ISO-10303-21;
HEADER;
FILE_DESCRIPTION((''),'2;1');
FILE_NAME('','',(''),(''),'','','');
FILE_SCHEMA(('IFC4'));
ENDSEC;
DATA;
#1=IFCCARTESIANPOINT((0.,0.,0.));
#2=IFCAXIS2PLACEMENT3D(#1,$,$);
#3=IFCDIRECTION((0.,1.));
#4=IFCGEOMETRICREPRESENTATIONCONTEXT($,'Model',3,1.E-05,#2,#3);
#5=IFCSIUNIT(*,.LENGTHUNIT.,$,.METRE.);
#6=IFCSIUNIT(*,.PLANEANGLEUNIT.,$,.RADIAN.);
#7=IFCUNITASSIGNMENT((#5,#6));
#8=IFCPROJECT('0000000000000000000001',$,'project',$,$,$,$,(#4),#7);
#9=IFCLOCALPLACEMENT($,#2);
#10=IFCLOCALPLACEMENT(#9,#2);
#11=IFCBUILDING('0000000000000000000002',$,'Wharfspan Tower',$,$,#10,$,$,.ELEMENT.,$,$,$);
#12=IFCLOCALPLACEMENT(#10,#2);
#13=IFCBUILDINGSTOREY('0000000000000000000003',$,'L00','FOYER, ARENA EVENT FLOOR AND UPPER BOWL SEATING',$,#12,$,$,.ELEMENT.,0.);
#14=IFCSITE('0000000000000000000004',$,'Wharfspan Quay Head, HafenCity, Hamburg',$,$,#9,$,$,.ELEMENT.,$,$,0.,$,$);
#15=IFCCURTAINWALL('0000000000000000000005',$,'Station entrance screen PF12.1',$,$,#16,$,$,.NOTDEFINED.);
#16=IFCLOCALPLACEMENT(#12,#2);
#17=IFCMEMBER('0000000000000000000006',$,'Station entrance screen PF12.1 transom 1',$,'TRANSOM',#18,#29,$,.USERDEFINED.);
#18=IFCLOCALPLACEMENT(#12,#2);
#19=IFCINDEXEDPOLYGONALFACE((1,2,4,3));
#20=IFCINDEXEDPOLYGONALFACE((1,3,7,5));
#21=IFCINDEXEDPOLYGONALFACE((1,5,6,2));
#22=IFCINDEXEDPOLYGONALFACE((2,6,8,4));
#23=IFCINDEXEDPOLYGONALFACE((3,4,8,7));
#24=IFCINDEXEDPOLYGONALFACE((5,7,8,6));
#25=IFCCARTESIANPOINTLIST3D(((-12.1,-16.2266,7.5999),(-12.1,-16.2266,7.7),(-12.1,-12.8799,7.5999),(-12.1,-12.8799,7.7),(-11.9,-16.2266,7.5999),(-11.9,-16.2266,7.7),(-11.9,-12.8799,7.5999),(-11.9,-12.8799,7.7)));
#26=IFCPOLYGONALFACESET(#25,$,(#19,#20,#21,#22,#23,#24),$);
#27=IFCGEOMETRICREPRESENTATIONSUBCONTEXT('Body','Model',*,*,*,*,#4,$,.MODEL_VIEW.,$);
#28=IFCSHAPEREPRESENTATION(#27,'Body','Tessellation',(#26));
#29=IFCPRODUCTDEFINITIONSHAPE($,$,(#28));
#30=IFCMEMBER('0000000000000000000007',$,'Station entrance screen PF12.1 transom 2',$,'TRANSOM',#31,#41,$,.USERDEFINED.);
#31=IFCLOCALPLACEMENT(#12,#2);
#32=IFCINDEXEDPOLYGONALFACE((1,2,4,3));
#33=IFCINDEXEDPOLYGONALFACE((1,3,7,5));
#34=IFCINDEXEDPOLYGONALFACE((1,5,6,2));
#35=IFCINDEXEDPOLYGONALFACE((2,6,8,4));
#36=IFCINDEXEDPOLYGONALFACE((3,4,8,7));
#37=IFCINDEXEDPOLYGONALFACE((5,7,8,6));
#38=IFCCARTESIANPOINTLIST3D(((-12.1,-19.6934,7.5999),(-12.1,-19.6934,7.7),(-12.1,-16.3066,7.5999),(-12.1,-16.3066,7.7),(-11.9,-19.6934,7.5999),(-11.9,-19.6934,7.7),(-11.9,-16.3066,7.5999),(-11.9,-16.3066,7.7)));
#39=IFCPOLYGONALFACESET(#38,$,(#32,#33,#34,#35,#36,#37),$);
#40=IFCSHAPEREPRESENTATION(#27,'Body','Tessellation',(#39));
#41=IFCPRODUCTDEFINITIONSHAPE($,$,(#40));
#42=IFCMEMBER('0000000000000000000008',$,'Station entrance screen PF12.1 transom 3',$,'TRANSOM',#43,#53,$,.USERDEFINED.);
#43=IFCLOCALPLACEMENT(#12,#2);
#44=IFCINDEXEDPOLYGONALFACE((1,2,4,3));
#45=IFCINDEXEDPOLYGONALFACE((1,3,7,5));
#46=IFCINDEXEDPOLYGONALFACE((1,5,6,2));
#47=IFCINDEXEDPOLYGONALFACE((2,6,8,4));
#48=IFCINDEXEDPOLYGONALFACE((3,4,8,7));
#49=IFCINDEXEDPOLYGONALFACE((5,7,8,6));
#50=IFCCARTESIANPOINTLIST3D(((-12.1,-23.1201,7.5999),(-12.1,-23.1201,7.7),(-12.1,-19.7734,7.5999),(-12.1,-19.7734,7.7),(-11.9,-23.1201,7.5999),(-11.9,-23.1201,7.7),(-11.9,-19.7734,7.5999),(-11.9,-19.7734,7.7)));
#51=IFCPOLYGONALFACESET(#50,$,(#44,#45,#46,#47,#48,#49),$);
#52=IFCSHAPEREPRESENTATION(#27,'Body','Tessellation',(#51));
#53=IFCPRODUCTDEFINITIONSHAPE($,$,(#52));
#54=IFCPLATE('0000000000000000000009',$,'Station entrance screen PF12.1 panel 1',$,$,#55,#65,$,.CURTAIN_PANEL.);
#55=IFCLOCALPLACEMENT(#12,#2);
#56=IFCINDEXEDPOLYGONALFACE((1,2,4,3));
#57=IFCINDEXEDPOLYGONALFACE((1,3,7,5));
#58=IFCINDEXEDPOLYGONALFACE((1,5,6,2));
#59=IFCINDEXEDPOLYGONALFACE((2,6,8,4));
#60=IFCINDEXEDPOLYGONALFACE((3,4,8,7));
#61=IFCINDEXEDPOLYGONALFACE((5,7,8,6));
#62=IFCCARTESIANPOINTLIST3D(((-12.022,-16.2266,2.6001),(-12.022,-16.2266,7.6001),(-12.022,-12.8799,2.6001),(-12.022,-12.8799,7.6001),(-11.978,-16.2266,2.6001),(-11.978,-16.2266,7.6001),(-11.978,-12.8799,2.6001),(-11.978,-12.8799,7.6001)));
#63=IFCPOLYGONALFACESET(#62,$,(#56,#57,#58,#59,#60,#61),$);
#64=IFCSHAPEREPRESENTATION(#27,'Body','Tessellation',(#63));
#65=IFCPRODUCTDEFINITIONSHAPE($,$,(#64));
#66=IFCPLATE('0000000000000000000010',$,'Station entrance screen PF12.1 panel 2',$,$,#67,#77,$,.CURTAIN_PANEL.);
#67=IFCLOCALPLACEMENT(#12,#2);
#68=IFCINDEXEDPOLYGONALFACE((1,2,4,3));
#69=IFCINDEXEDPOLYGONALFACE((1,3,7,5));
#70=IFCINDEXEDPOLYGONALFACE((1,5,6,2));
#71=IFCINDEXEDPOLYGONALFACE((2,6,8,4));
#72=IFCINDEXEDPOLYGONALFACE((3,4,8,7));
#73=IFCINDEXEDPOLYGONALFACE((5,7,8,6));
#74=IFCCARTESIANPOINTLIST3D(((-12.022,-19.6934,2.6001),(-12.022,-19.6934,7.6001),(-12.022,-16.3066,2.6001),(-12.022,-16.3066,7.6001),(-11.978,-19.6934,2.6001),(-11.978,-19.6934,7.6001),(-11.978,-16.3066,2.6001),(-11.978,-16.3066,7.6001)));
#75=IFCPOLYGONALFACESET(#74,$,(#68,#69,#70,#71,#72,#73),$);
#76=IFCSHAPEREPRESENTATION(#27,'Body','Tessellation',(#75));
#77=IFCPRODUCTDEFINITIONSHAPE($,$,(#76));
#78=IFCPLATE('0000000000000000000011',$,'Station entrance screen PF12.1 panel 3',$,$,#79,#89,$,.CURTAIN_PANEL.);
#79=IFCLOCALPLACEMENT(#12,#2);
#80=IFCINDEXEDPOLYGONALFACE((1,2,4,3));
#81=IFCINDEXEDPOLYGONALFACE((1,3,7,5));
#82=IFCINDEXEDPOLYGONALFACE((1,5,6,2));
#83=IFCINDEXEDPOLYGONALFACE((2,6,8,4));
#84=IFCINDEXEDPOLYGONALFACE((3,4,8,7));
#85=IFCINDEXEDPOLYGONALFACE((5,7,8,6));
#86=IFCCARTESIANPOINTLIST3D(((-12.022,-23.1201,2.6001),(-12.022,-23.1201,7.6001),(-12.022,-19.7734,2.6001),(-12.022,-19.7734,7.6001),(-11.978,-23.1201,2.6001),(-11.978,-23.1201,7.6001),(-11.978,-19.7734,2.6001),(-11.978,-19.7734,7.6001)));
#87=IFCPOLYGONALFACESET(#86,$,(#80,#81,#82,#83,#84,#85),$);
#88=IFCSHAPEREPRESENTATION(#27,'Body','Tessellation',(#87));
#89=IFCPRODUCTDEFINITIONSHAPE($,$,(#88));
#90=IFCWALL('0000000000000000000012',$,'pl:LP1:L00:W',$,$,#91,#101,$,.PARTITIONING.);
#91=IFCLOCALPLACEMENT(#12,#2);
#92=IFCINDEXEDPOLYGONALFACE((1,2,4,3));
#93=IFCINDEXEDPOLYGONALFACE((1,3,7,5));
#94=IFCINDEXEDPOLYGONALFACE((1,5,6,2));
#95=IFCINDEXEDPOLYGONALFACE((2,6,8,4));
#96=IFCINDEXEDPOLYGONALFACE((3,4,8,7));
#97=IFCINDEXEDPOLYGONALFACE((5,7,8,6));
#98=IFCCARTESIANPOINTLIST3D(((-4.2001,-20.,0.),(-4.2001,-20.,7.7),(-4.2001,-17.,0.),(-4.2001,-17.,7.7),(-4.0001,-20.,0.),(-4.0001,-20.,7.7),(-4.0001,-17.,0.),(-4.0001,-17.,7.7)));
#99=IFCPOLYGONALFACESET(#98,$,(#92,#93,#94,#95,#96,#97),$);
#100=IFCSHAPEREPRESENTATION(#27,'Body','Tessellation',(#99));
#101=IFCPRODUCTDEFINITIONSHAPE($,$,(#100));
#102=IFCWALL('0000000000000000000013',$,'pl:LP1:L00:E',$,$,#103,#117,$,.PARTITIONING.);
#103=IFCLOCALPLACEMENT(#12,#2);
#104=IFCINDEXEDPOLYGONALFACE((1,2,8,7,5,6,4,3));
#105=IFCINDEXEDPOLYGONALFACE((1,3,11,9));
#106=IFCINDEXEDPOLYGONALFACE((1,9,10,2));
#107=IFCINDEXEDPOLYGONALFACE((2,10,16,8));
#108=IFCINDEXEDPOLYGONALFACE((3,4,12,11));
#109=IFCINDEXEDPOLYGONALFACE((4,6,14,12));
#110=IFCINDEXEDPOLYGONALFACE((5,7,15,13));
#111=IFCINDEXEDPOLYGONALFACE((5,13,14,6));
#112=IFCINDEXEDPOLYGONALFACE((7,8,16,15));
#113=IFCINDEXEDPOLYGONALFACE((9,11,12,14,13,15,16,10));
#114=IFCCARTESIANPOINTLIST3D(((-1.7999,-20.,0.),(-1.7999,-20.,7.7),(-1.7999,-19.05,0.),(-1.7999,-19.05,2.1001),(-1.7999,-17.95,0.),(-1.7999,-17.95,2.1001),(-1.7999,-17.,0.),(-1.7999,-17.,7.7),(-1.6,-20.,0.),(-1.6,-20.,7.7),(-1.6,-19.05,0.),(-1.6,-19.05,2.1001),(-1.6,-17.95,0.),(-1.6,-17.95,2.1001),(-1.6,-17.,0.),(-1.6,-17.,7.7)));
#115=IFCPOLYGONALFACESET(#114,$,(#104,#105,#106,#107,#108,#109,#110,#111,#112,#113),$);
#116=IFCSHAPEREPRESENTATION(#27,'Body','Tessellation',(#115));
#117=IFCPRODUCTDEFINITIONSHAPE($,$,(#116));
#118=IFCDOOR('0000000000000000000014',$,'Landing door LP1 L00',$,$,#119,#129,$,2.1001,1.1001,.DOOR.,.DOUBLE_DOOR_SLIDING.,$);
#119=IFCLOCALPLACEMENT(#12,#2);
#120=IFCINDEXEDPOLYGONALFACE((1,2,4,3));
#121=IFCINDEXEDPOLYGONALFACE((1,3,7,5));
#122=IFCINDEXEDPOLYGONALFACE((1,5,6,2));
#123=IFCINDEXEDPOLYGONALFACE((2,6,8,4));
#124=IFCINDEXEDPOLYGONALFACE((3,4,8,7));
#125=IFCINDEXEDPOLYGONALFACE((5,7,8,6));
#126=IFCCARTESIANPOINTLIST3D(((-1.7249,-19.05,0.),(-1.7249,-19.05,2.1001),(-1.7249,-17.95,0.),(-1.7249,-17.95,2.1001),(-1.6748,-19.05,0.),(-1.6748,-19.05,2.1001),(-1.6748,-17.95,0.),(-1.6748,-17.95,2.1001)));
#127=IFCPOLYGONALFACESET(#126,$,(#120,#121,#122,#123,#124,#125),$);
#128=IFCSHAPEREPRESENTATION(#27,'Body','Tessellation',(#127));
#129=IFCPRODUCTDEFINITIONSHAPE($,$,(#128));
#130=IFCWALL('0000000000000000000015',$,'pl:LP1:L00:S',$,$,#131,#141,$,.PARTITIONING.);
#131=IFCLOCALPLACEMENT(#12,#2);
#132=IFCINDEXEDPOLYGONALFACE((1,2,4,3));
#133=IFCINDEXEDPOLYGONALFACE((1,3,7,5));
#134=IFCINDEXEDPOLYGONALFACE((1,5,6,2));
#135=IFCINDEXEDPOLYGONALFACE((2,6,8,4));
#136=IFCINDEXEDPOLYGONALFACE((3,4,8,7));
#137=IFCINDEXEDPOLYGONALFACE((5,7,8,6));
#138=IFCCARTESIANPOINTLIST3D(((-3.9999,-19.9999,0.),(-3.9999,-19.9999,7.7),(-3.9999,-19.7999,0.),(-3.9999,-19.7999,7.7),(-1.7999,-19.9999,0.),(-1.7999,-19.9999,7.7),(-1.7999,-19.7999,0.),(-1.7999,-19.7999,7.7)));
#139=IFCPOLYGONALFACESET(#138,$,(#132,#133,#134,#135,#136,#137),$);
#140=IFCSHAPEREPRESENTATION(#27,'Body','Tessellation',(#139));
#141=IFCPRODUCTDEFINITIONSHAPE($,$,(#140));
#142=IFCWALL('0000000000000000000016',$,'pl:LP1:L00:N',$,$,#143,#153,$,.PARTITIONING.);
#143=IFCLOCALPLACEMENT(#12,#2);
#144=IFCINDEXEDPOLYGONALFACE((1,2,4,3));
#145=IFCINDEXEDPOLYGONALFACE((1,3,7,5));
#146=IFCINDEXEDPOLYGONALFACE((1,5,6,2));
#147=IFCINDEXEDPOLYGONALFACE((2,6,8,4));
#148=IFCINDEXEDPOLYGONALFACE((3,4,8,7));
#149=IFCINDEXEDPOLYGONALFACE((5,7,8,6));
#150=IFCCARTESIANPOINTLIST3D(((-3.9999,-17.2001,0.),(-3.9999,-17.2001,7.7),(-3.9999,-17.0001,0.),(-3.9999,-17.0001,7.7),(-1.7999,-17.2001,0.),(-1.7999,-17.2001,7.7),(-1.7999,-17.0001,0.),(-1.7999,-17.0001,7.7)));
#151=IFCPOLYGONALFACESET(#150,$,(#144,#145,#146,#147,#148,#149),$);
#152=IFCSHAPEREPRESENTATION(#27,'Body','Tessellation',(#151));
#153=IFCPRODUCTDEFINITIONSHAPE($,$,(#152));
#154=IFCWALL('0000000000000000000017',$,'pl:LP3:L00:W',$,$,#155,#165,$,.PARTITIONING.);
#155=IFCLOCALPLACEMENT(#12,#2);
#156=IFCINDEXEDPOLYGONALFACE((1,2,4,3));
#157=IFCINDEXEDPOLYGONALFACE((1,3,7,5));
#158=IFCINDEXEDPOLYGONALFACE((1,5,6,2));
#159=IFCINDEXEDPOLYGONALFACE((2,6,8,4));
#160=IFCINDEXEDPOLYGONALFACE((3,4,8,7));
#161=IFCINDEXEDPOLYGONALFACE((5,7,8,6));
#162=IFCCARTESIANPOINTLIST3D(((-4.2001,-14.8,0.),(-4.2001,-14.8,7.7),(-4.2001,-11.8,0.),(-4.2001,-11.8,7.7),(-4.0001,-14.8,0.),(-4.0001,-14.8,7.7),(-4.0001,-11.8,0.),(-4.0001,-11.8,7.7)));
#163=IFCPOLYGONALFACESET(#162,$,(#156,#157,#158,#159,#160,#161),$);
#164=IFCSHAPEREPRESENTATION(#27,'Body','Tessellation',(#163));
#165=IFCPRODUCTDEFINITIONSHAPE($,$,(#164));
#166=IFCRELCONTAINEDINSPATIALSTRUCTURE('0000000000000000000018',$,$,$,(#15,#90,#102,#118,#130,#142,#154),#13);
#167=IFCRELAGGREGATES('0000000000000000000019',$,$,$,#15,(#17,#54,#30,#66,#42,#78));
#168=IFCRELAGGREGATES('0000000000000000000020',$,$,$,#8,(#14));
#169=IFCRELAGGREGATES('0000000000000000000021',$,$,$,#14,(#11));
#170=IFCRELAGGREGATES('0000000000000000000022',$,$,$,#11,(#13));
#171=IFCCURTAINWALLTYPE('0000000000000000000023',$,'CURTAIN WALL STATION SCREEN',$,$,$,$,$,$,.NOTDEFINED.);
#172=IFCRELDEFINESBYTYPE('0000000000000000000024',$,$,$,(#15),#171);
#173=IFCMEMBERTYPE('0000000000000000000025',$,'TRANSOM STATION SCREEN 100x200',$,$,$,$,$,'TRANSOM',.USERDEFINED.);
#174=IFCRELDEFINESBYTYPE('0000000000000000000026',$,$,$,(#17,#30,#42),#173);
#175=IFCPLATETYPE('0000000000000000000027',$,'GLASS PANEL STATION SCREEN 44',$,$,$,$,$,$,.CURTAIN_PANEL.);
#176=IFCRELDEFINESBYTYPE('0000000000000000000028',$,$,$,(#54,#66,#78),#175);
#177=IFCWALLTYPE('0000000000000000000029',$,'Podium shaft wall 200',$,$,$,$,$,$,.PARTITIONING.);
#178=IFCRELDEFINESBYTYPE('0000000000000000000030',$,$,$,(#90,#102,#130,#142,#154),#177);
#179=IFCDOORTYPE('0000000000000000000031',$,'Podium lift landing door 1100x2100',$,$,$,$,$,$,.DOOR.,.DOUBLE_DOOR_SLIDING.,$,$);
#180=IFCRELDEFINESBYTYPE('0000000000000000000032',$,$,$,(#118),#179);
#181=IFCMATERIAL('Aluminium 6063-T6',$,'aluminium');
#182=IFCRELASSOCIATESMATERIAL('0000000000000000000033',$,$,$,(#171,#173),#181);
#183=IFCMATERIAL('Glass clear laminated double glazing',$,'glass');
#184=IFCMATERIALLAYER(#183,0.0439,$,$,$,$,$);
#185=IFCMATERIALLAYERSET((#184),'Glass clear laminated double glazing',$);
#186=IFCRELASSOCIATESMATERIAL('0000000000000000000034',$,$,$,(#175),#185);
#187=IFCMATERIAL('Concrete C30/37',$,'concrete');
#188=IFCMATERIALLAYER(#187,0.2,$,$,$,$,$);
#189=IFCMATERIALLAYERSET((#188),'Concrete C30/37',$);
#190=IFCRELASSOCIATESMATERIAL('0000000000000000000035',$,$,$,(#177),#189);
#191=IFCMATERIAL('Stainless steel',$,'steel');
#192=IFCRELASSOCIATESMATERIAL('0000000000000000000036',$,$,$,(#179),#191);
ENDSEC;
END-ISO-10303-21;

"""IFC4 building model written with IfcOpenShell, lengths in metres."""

from ifc_helpers import new_model, si_unit, direction, frame, frame_2d, origin, origin_2d, place, context, subcontext, project, spatial, rectangle, extrude, material, layer, layer_set, material_profile, profile_set, type_object, element, fill, aggregate, save


model = new_model("IFC4")

# Units and contexts
model_context = context("Model", 3, precision=1e-05, world=origin(), true_north=direction((0.0, 1.0)))
body_context = subcontext(model_context, "Body", "Model", "MODEL_VIEW")
ifc_project = project(units=[si_unit("LENGTHUNIT", "METRE"), si_unit("PLANEANGLEUNIT", "RADIAN")], contexts=[model_context])

# Site, building, storey
site_placement = place(None, origin())
site = spatial("IfcSite", under=ifc_project, at=site_placement, Name="Wharfspan Quay Head, HafenCity, Hamburg", CompositionType="ELEMENT", RefElevation=0.0)
building_placement = place(site_placement, origin())
building = spatial("IfcBuilding", under=site, at=building_placement, Name="Wharfspan Tower", CompositionType="ELEMENT")
storey_placement = place(building_placement, origin())
storey = spatial("IfcBuildingStorey", under=building, at=storey_placement, Name="L00", Description="FOYER, ARENA EVENT FLOOR AND UPPER BOWL SEATING", CompositionType="ELEMENT", Elevation=0.0)

# Curtain wall, members, plates
ifc_material_1 = material(Name="Aluminium 6063-T6", Category="aluminium")
curtain_wall_type = type_object("IfcCurtainWallType", Name="CURTAIN WALL STATION SCREEN", PredefinedType="NOTDEFINED", material=ifc_material_1)
curtain_wall_placement = place(storey_placement, origin())
curtain_wall = element("IfcCurtainWall", 1, at=curtain_wall_placement, inside=storey, type_object=curtain_wall_type, Name="Station entrance screen PF12.1", PredefinedType="NOTDEFINED")
ifc_material_profile_1 = material_profile(ifc_material_1, rectangle(XDim=0.2, YDim=0.1001, at=origin_2d()))
ifc_profile_set_1 = profile_set([ifc_material_profile_1], Name="Aluminium 6063-T6")
member_type_1 = type_object("IfcMemberType", Name="TRANSOM STATION SCREEN 100x200", ElementType="TRANSOM", PredefinedType="USERDEFINED", material=ifc_profile_set_1)
member_1_placement = place(storey_placement, frame((-12.0, -12.8799, 7.6499), z_axis=(0.0, -1.0, 0.0), x_axis=(1.0, 0.0, 0.0)))
member_1 = element("IfcMember", 2, at=member_1_placement, type_object=member_type_1, Name="Station entrance screen PF12.1 transom 1", ObjectType="TRANSOM", PredefinedType="USERDEFINED", context=body_context, shape_type="SweptSolid", body=[
    extrude(rectangle(XDim=0.2, YDim=0.1001, at=origin_2d()), origin(), (0.0, 0.0, 1.0), 3.3467),
])
member_2_placement = place(storey_placement, frame((-12.0, -16.3066, 7.6499), z_axis=(0.0, -1.0, 0.0), x_axis=(1.0, 0.0, 0.0)))
member_2 = element("IfcMember", 3, at=member_2_placement, type_object=member_type_1, Name="Station entrance screen PF12.1 transom 2", ObjectType="TRANSOM", PredefinedType="USERDEFINED", context=body_context, shape_type="SweptSolid", body=[
    extrude(rectangle(XDim=0.2, YDim=0.1001, at=origin_2d()), origin(), (0.0, 0.0, 1.0), 3.3867),
])
member_3_placement = place(storey_placement, frame((-12.0, -19.7734, 7.6499), z_axis=(0.0, -1.0, 0.0), x_axis=(1.0, 0.0, 0.0)))
member_3 = element("IfcMember", 4, at=member_3_placement, type_object=member_type_1, Name="Station entrance screen PF12.1 transom 3", ObjectType="TRANSOM", PredefinedType="USERDEFINED", context=body_context, shape_type="SweptSolid", body=[
    extrude(rectangle(XDim=0.2, YDim=0.1001, at=origin_2d()), origin(), (0.0, 0.0, 1.0), 3.3467),
])
ifc_material_2 = material(Name="Glass clear laminated double glazing", Category="glass")
ifc_layer_1 = layer(ifc_material_2, 0.0439)
ifc_layer_set_1 = layer_set([ifc_layer_1], Name="Glass clear laminated double glazing")
plate_type = type_object("IfcPlateType", Name="GLASS PANEL STATION SCREEN 44", PredefinedType="CURTAIN_PANEL", material=ifc_layer_set_1)
plate_1_placement = place(storey_placement, frame((-12.0, -14.5532, 2.6001), z_axis=(0.0, 0.0, 1.0), x_axis=(0.0, -1.0, 0.0)))
plate_1 = element("IfcPlate", 5, at=plate_1_placement, type_object=plate_type, Name="Station entrance screen PF12.1 panel 1", PredefinedType="CURTAIN_PANEL", context=body_context, shape_type="SweptSolid", body=[
    extrude(rectangle(XDim=3.3467, YDim=0.0439, at=origin_2d()), origin(), (0.0, 0.0, 1.0), 5.0),
])
plate_2_placement = place(storey_placement, frame((-12.0, -18.0, 2.6001), z_axis=(0.0, 0.0, 1.0), x_axis=(0.0, -1.0, 0.0)))
plate_2 = element("IfcPlate", 6, at=plate_2_placement, type_object=plate_type, Name="Station entrance screen PF12.1 panel 2", PredefinedType="CURTAIN_PANEL", context=body_context, shape_type="SweptSolid", body=[
    extrude(rectangle(XDim=3.3867, YDim=0.0439, at=origin_2d()), origin(), (0.0, 0.0, 1.0), 5.0),
])
plate_3_placement = place(storey_placement, frame((-12.0, -21.4468, 2.6001), z_axis=(0.0, 0.0, 1.0), x_axis=(0.0, -1.0, 0.0)))
plate_3 = element("IfcPlate", 7, at=plate_3_placement, type_object=plate_type, Name="Station entrance screen PF12.1 panel 3", PredefinedType="CURTAIN_PANEL", context=body_context, shape_type="SweptSolid", body=[
    extrude(rectangle(XDim=3.3467, YDim=0.0439, at=origin_2d()), origin(), (0.0, 0.0, 1.0), 5.0),
])
aggregate(curtain_wall, [member_1, plate_1, member_2, plate_2, member_3, plate_3])

# Wall
ifc_material_3 = material(Name="Concrete C30/37", Category="concrete")
ifc_layer_2 = layer(ifc_material_3, 0.2)
ifc_layer_set_2 = layer_set([ifc_layer_2], Name="Concrete C30/37")
wall_type_1 = type_object("IfcWallType", Name="Podium shaft wall 200", PredefinedType="PARTITIONING", material=ifc_layer_set_2)
wall_1_placement = place(storey_placement, frame((-4.1001, -20.0, 0.0), z_axis=(0.0, 0.0, 1.0), x_axis=(0.0, 1.0, 0.0)))
element("IfcWall", 8, at=wall_1_placement, inside=storey, type_object=wall_type_1, Name="pl:LP1:L00:W", PredefinedType="PARTITIONING", context=body_context, shape_type="SweptSolid", body=[
    extrude(rectangle(XDim=3.0, YDim=0.2, at=frame_2d((1.5, 0.0))), origin(), (0.0, 0.0, 1.0), 7.7),
])

# Wall, opening, door
wall_2_placement = place(storey_placement, frame((-1.7, -20.0, 0.0), z_axis=(0.0, 0.0, 1.0), x_axis=(0.0, 1.0, 0.0)))
wall_2 = element("IfcWall", 9, at=wall_2_placement, inside=storey, type_object=wall_type_1, Name="pl:LP1:L00:E", PredefinedType="PARTITIONING", context=body_context, shape_type="SweptSolid", body=[
    extrude(rectangle(XDim=3.0, YDim=0.2, at=frame_2d((1.5, 0.0))), origin(), (0.0, 0.0, 1.0), 7.7),
])
opening_1_placement = place(wall_2_placement, frame((0.95, 0.0, 0.0)))
opening_1 = element("IfcOpeningElement", 10, at=opening_1_placement, cuts=wall_2, PredefinedType="OPENING", context=body_context, shape_type="SweptSolid", body=[
    extrude(rectangle(XDim=1.1001, YDim=2.1001, at=frame_2d((0.55, 1.05))), frame((0.0, 0.1099, 0.0), z_axis=(0.0, -1.0, 0.0), x_axis=(1.0, 0.0, 0.0)), (0.0, 0.0, 1.0), 0.22),
])
ifc_material_4 = material(Name="Stainless steel", Category="steel")
door_type_1 = type_object("IfcDoorType", Name="Podium lift landing door 1100x2100", OperationType="DOUBLE_DOOR_SLIDING", PredefinedType="DOOR", material=ifc_material_4)
door_1_placement = place(opening_1_placement, origin())
door_1 = element("IfcDoor", 11, at=door_1_placement, inside=storey, type_object=door_type_1, Name="Landing door LP1 L00", OperationType="DOUBLE_DOOR_SLIDING", OverallHeight=2.1001, OverallWidth=1.1001, PredefinedType="DOOR", context=body_context, shape_type="SweptSolid", body=[
    extrude(rectangle(XDim=1.1001, YDim=2.1001, at=frame_2d((0.55, 1.05))), frame((0.0, 0.0249, 0.0), z_axis=(0.0, -1.0, 0.0), x_axis=(1.0, 0.0, 0.0)), (0.0, 0.0, 1.0), 0.05),
])
fill(opening_1, door_1)

# Walls
for number, where, z_axis, x_axis, name in (
    (12, (-4.0, -19.8999, 0.0), (0.0, 0.0, 1.0), (1.0, 0.0, 0.0), "pl:LP1:L00:S"),
    (13, (-4.0, -17.1001, 0.0), (0.0, 0.0, 1.0), (1.0, 0.0, 0.0), "pl:LP1:L00:N"),
):
    element("IfcWall", number, at=place(storey_placement, frame(where, z_axis=z_axis, x_axis=x_axis)), inside=storey, type_object=wall_type_1, Name=name, PredefinedType="PARTITIONING", context=body_context, shape_type="SweptSolid", body=[
        extrude(rectangle(XDim=2.2, YDim=0.2, at=frame_2d((1.1001, 0.0))), origin(), (0.0, 0.0, 1.0), 7.7),
    ])
wall_3_placement = place(storey_placement, frame((-4.1001, -14.8, 0.0), z_axis=(0.0, 0.0, 1.0), x_axis=(0.0, 1.0, 0.0)))
element("IfcWall", 14, at=wall_3_placement, inside=storey, type_object=wall_type_1, Name="pl:LP3:L00:W", PredefinedType="PARTITIONING", context=body_context, shape_type="SweptSolid", body=[
    extrude(rectangle(XDim=3.0, YDim=0.2, at=frame_2d((1.5, 0.0))), origin(), (0.0, 0.0, 1.0), 7.7),
])

save(model, "model.ifc")
